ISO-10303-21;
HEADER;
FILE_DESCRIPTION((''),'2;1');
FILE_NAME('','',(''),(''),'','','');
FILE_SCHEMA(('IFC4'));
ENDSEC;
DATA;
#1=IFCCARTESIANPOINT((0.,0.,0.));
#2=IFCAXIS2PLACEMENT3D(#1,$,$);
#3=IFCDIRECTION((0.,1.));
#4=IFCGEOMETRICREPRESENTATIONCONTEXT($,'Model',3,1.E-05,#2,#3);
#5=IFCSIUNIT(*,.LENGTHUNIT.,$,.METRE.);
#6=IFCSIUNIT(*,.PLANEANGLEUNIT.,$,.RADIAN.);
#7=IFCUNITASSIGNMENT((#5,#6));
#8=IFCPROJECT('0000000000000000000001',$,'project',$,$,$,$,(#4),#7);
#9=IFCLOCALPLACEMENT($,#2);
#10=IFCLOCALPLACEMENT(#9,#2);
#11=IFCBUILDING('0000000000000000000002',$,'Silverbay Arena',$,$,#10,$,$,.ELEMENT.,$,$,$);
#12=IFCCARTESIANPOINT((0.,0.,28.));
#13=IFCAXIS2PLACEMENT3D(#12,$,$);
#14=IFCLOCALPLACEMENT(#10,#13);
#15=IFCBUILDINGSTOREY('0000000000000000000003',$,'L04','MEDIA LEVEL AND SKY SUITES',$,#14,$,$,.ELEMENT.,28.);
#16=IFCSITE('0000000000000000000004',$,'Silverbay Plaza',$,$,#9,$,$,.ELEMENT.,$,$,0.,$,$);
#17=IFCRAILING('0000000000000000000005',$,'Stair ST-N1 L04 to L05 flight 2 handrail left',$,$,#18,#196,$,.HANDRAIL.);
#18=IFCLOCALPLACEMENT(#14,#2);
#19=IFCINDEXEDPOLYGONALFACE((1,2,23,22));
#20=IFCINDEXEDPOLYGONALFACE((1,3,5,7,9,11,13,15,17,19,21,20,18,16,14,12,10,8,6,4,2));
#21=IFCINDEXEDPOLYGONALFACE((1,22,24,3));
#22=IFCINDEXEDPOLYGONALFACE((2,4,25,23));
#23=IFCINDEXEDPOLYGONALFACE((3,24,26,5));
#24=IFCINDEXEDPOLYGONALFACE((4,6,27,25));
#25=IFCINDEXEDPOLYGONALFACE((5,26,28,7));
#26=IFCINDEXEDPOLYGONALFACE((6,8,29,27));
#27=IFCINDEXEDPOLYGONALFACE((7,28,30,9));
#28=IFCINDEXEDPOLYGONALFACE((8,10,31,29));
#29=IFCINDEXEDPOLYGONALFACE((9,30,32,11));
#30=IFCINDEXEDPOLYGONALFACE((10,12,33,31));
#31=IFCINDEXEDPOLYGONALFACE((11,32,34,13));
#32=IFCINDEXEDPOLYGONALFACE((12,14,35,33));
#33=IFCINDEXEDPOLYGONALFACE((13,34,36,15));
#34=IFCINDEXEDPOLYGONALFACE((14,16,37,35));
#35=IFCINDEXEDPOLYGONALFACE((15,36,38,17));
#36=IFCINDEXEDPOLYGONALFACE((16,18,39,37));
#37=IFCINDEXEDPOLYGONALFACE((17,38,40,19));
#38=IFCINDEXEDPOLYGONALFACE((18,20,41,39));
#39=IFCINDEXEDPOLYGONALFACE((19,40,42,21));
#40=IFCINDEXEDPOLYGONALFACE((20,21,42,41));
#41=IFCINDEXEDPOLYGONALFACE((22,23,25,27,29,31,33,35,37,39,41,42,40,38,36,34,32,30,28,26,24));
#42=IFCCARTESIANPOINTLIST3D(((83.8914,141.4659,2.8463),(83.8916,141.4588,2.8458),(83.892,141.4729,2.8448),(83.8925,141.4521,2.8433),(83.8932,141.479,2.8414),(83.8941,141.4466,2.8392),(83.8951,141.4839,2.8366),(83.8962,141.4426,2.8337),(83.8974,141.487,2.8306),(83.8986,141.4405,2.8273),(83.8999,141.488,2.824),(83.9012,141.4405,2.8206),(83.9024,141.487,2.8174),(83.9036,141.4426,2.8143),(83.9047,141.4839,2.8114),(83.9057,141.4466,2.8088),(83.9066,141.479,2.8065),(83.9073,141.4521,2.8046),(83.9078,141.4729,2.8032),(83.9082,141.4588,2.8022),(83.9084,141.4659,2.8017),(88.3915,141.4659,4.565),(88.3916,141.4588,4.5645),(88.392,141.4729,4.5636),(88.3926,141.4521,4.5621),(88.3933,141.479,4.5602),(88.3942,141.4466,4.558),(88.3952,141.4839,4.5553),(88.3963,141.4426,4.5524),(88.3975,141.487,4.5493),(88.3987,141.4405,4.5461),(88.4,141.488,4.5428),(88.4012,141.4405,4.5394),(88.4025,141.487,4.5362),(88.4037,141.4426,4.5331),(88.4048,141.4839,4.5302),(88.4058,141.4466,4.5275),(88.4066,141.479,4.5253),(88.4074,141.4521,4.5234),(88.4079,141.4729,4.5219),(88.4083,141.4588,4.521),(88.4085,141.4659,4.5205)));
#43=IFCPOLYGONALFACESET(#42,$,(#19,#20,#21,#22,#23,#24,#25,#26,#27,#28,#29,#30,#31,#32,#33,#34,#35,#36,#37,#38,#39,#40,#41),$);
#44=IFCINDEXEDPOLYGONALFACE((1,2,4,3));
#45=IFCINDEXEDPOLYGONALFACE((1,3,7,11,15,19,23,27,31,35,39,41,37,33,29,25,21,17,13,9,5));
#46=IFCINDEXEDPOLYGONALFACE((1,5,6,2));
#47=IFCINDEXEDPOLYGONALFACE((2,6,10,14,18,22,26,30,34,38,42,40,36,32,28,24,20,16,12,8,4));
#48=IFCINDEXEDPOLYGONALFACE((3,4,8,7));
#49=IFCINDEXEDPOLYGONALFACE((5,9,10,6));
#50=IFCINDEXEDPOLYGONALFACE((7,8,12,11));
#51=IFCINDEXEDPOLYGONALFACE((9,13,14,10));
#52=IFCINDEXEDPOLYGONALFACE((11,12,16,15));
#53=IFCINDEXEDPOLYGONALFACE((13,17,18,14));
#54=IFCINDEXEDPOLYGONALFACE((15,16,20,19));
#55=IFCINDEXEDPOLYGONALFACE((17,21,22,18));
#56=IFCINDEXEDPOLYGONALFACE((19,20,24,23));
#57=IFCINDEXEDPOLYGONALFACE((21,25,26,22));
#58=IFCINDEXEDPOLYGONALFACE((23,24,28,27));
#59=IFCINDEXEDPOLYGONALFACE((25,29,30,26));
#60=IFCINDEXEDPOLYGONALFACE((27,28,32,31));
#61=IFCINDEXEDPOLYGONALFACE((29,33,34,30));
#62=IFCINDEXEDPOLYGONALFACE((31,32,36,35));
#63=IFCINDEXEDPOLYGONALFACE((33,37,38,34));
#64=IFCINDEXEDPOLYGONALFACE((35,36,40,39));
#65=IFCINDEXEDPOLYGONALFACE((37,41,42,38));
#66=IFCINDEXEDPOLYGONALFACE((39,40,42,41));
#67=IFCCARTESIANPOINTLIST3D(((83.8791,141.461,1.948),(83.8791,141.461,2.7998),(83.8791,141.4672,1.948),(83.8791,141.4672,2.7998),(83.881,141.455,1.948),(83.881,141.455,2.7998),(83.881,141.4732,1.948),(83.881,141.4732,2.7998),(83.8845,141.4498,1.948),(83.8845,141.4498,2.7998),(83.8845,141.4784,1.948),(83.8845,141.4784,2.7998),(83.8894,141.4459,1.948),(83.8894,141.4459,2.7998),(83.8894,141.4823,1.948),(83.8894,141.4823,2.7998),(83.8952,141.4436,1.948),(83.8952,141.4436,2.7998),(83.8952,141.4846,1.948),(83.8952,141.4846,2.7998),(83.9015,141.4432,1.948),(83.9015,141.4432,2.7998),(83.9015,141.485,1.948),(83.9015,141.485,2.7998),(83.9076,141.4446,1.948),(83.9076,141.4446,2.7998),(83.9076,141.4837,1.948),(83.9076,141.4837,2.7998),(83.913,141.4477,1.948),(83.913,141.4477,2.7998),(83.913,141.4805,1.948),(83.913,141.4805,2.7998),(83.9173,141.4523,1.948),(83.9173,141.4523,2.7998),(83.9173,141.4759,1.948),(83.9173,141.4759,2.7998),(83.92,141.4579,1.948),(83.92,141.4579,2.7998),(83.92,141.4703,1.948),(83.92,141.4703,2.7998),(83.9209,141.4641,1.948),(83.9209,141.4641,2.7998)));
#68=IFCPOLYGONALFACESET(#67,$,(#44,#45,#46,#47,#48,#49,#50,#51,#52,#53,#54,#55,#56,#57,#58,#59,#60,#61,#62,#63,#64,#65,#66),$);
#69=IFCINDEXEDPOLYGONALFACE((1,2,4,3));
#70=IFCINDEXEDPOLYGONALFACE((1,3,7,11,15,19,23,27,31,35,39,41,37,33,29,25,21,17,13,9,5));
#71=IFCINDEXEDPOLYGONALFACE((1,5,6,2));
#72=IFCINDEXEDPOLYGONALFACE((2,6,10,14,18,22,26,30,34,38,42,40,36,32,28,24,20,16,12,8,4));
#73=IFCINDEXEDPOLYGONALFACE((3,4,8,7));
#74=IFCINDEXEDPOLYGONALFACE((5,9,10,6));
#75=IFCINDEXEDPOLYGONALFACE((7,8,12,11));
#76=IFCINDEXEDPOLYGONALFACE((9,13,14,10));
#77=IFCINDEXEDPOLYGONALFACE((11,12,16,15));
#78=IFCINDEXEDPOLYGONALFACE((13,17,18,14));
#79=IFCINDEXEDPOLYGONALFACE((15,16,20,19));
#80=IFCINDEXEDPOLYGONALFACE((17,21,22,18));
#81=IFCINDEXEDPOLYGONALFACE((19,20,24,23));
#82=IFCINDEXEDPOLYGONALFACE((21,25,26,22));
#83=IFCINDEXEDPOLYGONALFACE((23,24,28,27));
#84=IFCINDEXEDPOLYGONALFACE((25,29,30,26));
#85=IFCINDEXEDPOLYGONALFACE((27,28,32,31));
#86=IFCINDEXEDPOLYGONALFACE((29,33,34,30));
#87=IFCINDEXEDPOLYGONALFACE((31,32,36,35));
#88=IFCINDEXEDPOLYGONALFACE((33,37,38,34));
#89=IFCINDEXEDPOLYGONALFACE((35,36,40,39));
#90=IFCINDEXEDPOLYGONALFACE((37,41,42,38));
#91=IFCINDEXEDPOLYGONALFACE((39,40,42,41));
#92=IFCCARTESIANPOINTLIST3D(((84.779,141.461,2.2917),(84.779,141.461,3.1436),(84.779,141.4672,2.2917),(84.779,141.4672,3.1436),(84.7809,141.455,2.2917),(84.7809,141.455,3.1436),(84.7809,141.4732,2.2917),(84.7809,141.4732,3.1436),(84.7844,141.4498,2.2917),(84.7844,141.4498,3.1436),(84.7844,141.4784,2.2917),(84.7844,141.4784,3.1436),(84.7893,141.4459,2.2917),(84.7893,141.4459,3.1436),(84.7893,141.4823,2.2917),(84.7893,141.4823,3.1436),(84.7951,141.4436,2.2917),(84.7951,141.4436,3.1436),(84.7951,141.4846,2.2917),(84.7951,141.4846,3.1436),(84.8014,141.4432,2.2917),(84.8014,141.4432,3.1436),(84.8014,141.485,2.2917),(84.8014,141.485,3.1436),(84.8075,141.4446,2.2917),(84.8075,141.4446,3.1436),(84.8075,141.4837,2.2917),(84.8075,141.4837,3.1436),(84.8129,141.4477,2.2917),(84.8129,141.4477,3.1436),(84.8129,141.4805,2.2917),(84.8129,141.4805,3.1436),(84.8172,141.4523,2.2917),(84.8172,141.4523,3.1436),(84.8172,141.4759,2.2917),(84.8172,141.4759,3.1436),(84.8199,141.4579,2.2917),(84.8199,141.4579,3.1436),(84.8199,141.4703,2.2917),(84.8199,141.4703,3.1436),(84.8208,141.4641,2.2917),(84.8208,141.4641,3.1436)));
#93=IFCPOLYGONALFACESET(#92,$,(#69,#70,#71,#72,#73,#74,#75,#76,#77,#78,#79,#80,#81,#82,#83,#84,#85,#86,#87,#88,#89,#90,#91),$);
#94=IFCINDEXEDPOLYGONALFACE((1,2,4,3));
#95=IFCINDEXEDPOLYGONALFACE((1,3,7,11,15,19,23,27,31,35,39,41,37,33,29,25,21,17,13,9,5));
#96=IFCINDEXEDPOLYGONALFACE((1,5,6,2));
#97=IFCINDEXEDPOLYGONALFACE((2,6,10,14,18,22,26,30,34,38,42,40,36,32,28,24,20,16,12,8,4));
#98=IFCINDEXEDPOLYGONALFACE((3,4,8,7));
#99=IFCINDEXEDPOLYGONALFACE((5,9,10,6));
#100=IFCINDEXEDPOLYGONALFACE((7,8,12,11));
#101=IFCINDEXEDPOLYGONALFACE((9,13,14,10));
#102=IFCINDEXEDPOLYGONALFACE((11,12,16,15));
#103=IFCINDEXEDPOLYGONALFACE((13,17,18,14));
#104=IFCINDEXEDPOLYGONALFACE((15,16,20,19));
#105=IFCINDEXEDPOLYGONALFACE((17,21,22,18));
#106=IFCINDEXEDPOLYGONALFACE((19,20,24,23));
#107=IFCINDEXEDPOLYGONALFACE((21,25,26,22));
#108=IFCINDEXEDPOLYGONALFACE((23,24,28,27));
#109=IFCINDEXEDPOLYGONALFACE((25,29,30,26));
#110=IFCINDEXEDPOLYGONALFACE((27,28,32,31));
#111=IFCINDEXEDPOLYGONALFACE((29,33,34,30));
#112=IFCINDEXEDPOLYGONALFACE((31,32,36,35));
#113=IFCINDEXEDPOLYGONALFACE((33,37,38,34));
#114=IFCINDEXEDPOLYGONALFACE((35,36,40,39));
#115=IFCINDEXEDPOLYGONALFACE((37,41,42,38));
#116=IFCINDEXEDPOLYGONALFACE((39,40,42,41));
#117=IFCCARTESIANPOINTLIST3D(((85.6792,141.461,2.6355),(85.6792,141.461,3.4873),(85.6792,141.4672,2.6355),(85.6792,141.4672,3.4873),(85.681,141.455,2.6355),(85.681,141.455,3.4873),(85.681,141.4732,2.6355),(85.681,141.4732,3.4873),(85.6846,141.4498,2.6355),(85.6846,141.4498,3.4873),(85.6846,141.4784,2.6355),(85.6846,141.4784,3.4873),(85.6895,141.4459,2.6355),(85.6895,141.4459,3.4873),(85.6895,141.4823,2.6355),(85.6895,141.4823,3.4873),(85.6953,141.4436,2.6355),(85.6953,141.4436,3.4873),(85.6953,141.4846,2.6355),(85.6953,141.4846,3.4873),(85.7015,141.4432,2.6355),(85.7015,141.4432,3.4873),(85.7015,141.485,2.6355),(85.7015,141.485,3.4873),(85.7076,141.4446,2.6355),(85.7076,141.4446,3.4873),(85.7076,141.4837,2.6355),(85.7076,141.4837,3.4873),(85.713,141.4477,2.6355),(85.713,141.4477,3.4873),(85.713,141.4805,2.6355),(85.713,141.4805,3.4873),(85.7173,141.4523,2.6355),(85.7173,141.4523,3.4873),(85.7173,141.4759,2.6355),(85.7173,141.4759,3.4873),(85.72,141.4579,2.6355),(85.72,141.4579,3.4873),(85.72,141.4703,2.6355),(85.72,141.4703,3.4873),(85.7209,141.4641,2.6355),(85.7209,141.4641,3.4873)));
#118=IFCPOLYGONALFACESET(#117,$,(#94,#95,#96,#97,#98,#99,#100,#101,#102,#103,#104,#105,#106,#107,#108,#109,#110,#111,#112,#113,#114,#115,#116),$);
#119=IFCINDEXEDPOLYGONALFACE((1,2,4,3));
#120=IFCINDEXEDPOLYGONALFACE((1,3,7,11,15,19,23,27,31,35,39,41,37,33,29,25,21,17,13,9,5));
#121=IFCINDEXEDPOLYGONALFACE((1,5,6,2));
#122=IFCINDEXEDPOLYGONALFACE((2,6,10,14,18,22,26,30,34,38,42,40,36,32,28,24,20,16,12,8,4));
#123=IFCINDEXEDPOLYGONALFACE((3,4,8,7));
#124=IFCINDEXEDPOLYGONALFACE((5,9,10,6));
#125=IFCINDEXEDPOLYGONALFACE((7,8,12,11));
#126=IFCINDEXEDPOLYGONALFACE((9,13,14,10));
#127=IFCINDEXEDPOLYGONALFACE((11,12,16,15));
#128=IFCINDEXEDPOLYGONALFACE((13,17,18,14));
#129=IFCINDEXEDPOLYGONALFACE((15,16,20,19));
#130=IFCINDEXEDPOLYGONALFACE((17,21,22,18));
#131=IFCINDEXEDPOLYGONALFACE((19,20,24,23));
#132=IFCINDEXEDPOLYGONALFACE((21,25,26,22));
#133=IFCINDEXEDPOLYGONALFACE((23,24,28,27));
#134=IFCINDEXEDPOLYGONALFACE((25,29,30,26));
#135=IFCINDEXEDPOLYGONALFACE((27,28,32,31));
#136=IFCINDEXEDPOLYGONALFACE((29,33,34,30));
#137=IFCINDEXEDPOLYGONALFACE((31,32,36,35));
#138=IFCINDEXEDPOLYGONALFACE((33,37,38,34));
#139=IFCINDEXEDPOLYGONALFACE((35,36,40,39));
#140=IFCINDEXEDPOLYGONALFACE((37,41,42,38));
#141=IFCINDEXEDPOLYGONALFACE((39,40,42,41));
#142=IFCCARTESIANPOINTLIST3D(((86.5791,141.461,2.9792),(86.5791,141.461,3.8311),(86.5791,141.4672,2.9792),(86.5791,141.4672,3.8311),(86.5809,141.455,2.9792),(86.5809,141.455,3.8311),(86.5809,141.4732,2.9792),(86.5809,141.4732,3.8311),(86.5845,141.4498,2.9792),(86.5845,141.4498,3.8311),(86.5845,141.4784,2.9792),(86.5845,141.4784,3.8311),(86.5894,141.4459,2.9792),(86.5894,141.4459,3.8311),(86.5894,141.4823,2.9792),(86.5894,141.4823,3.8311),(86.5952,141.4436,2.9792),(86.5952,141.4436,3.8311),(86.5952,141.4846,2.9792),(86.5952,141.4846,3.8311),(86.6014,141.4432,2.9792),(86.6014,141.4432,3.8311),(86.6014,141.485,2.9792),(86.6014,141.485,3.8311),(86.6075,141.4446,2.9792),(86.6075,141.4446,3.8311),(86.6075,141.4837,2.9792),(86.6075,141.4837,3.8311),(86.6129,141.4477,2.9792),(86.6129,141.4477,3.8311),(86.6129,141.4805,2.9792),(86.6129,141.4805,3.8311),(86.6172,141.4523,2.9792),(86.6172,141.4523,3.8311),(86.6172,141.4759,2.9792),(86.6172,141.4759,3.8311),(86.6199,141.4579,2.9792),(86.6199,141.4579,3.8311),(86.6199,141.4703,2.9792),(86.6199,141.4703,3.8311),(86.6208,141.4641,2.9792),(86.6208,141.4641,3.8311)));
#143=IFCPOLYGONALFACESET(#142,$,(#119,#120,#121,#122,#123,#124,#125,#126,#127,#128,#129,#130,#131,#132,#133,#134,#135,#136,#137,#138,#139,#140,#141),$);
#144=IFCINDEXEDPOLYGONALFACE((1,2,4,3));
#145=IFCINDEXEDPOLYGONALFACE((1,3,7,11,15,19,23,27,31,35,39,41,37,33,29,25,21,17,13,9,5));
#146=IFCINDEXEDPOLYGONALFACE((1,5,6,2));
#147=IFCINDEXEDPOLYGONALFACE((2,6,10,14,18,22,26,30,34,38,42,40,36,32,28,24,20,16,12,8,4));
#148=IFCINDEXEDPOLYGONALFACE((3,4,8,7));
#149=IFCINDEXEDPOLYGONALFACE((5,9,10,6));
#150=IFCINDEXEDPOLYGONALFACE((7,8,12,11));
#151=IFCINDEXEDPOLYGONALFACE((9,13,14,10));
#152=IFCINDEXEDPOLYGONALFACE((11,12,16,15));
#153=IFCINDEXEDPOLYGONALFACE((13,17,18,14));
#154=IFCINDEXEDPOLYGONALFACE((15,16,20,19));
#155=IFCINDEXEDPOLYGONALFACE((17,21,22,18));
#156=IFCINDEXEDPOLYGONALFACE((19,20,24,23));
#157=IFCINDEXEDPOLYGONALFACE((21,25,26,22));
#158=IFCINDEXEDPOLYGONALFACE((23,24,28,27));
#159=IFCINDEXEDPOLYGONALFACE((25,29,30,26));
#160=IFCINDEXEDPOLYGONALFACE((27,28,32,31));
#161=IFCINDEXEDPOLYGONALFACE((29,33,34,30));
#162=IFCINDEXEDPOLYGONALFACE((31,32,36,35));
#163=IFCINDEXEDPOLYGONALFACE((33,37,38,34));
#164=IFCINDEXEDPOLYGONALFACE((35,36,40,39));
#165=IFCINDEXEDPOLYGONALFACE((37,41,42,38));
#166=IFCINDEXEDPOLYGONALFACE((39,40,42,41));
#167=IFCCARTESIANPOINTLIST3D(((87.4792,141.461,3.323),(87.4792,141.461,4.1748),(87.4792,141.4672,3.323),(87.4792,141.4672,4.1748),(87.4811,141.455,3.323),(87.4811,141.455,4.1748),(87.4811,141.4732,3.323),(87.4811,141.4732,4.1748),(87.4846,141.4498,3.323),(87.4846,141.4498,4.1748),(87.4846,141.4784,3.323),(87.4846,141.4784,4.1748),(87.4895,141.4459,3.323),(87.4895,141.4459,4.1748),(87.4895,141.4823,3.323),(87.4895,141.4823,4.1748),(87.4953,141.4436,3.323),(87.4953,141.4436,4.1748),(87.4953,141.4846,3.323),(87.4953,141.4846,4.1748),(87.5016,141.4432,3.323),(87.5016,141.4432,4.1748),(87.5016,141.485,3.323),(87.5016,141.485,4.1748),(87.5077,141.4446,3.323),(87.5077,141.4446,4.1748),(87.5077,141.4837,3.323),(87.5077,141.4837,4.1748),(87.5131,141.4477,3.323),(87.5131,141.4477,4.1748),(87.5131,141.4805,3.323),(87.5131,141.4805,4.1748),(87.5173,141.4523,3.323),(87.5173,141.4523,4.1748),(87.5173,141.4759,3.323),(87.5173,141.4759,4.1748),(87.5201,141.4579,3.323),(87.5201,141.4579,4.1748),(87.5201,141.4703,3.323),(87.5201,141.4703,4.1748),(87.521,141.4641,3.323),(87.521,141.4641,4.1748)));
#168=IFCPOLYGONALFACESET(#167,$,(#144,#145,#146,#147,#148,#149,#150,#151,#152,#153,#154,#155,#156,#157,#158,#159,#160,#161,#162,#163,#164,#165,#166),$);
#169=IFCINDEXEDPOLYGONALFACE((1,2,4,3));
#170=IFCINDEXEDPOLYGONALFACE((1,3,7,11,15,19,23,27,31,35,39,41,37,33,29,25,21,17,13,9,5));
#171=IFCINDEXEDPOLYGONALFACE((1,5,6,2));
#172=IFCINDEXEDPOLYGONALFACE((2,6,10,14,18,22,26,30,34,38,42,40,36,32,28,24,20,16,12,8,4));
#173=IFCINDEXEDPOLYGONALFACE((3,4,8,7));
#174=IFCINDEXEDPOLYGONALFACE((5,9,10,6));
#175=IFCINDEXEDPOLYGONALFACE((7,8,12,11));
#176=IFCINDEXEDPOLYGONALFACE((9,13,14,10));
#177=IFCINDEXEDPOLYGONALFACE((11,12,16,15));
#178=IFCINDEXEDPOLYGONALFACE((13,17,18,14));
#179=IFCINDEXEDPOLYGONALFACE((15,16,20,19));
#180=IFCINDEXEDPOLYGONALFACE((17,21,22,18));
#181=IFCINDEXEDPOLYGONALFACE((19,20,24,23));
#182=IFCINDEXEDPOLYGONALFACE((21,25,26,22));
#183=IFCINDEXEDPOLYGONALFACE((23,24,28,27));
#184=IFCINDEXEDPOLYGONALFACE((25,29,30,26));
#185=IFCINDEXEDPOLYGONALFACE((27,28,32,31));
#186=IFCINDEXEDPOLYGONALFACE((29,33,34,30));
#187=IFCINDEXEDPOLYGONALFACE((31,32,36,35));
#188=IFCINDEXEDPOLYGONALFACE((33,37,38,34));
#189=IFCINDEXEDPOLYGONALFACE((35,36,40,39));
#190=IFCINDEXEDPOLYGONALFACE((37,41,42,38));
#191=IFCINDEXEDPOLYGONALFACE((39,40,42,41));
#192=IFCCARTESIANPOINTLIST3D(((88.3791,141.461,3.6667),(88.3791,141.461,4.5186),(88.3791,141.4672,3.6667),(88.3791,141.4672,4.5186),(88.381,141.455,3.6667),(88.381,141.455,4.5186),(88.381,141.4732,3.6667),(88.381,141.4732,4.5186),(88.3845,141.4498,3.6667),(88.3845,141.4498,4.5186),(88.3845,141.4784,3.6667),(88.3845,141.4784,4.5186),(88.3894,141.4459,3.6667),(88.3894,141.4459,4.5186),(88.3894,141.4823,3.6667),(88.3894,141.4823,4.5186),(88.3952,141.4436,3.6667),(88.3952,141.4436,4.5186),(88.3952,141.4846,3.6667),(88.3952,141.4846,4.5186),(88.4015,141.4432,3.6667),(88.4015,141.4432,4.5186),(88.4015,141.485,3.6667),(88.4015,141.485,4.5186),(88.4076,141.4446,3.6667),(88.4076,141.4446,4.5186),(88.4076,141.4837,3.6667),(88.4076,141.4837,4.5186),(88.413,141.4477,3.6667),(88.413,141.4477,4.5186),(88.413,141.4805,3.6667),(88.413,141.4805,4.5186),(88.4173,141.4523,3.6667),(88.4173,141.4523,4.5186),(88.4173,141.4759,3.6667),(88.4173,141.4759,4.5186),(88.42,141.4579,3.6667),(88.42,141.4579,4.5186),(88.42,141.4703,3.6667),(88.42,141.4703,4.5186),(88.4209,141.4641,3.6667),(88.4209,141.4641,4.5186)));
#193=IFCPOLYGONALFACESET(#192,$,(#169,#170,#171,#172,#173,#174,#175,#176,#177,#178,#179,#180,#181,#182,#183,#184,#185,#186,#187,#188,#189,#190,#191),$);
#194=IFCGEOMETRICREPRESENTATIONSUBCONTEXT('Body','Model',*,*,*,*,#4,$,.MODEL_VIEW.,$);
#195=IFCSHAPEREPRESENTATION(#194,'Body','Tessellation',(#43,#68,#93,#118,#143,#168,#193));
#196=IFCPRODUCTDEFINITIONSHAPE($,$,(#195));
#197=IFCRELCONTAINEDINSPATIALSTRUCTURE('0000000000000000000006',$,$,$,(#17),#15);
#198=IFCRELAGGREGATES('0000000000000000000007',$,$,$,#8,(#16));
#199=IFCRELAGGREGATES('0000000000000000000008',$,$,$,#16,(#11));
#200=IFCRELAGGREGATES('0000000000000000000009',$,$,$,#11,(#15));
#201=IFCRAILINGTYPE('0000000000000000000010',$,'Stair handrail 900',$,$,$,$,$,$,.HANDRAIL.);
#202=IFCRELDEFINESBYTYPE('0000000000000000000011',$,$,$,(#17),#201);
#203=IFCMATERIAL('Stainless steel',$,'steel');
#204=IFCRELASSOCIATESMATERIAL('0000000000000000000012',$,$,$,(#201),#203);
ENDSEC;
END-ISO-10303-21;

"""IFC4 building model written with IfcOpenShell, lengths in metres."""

from ifc_helpers import new_model, si_unit, direction, frame, origin, origin_2d, place, context, subcontext, project, spatial, circle, extrude, material, type_object, element, save


model = new_model("IFC4")

# Units and contexts
model_context = context("Model", 3, precision=1e-05, world=origin(), true_north=direction((0.0, 1.0)))
body_context = subcontext(model_context, "Body", "Model", "MODEL_VIEW")
ifc_project = project(units=[si_unit("LENGTHUNIT", "METRE"), si_unit("PLANEANGLEUNIT", "RADIAN")], contexts=[model_context])

# Site, building, storey
site_placement = place(None, origin())
site = spatial("IfcSite", under=ifc_project, at=site_placement, Name="Silverbay Plaza", CompositionType="ELEMENT", RefElevation=0.0)
building_placement = place(site_placement, origin())
building = spatial("IfcBuilding", under=site, at=building_placement, Name="Silverbay Arena", CompositionType="ELEMENT")
storey_placement = place(building_placement, frame((0.0, 0.0, 28.0)))
storey = spatial("IfcBuildingStorey", under=building, at=storey_placement, Name="L04", Description="MEDIA LEVEL AND SKY SUITES", CompositionType="ELEMENT", Elevation=28.0)

# Railing
ifc_material_1 = material(Name="Stainless steel", Category="steel")
railing_type_1 = type_object("IfcRailingType", Name="Stair handrail 900", PredefinedType="HANDRAIL", material=ifc_material_1)
for number, where, name in (
    (1, (83.8999, 141.4641, 1.948), "Stair ST-N1 L04 to L05 flight 2 handrail left"),
):
    element("IfcRailing", number, at=place(storey_placement, frame(where)), inside=storey, type_object=railing_type_1, Name=name, PredefinedType="HANDRAIL", context=body_context, shape_type="SweptSolid", body=[
        extrude(circle(Radius=0.0239, at=origin_2d()), frame((0.0, 0.0, 0.876), z_axis=(0.934179, 0.0, 0.356805), x_axis=(0.0, 1.0, 0.0)), (0.0, 0.0, 1.0), 4.8171),
        extrude(circle(Radius=0.021, at=origin_2d()), origin(), (0.0, 0.0, 1.0), 0.8518),
        extrude(circle(Radius=0.021, at=origin_2d()), frame((0.8999, 0.0, 0.3438)), (0.0, 0.0, 1.0), 0.8518),
        extrude(circle(Radius=0.021, at=origin_2d()), frame((1.8, 0.0, 0.6875)), (0.0, 0.0, 1.0), 0.8518),
        extrude(circle(Radius=0.021, at=origin_2d()), frame((2.7, 0.0, 1.0312)), (0.0, 0.0, 1.0), 0.8518),
        extrude(circle(Radius=0.021, at=origin_2d()), frame((3.6001, 0.0, 1.375)), (0.0, 0.0, 1.0), 0.8518),
        extrude(circle(Radius=0.021, at=origin_2d()), frame((4.5, 0.0, 1.7188)), (0.0, 0.0, 1.0), 0.8518),
    ])

save(model, "model.ifc")
